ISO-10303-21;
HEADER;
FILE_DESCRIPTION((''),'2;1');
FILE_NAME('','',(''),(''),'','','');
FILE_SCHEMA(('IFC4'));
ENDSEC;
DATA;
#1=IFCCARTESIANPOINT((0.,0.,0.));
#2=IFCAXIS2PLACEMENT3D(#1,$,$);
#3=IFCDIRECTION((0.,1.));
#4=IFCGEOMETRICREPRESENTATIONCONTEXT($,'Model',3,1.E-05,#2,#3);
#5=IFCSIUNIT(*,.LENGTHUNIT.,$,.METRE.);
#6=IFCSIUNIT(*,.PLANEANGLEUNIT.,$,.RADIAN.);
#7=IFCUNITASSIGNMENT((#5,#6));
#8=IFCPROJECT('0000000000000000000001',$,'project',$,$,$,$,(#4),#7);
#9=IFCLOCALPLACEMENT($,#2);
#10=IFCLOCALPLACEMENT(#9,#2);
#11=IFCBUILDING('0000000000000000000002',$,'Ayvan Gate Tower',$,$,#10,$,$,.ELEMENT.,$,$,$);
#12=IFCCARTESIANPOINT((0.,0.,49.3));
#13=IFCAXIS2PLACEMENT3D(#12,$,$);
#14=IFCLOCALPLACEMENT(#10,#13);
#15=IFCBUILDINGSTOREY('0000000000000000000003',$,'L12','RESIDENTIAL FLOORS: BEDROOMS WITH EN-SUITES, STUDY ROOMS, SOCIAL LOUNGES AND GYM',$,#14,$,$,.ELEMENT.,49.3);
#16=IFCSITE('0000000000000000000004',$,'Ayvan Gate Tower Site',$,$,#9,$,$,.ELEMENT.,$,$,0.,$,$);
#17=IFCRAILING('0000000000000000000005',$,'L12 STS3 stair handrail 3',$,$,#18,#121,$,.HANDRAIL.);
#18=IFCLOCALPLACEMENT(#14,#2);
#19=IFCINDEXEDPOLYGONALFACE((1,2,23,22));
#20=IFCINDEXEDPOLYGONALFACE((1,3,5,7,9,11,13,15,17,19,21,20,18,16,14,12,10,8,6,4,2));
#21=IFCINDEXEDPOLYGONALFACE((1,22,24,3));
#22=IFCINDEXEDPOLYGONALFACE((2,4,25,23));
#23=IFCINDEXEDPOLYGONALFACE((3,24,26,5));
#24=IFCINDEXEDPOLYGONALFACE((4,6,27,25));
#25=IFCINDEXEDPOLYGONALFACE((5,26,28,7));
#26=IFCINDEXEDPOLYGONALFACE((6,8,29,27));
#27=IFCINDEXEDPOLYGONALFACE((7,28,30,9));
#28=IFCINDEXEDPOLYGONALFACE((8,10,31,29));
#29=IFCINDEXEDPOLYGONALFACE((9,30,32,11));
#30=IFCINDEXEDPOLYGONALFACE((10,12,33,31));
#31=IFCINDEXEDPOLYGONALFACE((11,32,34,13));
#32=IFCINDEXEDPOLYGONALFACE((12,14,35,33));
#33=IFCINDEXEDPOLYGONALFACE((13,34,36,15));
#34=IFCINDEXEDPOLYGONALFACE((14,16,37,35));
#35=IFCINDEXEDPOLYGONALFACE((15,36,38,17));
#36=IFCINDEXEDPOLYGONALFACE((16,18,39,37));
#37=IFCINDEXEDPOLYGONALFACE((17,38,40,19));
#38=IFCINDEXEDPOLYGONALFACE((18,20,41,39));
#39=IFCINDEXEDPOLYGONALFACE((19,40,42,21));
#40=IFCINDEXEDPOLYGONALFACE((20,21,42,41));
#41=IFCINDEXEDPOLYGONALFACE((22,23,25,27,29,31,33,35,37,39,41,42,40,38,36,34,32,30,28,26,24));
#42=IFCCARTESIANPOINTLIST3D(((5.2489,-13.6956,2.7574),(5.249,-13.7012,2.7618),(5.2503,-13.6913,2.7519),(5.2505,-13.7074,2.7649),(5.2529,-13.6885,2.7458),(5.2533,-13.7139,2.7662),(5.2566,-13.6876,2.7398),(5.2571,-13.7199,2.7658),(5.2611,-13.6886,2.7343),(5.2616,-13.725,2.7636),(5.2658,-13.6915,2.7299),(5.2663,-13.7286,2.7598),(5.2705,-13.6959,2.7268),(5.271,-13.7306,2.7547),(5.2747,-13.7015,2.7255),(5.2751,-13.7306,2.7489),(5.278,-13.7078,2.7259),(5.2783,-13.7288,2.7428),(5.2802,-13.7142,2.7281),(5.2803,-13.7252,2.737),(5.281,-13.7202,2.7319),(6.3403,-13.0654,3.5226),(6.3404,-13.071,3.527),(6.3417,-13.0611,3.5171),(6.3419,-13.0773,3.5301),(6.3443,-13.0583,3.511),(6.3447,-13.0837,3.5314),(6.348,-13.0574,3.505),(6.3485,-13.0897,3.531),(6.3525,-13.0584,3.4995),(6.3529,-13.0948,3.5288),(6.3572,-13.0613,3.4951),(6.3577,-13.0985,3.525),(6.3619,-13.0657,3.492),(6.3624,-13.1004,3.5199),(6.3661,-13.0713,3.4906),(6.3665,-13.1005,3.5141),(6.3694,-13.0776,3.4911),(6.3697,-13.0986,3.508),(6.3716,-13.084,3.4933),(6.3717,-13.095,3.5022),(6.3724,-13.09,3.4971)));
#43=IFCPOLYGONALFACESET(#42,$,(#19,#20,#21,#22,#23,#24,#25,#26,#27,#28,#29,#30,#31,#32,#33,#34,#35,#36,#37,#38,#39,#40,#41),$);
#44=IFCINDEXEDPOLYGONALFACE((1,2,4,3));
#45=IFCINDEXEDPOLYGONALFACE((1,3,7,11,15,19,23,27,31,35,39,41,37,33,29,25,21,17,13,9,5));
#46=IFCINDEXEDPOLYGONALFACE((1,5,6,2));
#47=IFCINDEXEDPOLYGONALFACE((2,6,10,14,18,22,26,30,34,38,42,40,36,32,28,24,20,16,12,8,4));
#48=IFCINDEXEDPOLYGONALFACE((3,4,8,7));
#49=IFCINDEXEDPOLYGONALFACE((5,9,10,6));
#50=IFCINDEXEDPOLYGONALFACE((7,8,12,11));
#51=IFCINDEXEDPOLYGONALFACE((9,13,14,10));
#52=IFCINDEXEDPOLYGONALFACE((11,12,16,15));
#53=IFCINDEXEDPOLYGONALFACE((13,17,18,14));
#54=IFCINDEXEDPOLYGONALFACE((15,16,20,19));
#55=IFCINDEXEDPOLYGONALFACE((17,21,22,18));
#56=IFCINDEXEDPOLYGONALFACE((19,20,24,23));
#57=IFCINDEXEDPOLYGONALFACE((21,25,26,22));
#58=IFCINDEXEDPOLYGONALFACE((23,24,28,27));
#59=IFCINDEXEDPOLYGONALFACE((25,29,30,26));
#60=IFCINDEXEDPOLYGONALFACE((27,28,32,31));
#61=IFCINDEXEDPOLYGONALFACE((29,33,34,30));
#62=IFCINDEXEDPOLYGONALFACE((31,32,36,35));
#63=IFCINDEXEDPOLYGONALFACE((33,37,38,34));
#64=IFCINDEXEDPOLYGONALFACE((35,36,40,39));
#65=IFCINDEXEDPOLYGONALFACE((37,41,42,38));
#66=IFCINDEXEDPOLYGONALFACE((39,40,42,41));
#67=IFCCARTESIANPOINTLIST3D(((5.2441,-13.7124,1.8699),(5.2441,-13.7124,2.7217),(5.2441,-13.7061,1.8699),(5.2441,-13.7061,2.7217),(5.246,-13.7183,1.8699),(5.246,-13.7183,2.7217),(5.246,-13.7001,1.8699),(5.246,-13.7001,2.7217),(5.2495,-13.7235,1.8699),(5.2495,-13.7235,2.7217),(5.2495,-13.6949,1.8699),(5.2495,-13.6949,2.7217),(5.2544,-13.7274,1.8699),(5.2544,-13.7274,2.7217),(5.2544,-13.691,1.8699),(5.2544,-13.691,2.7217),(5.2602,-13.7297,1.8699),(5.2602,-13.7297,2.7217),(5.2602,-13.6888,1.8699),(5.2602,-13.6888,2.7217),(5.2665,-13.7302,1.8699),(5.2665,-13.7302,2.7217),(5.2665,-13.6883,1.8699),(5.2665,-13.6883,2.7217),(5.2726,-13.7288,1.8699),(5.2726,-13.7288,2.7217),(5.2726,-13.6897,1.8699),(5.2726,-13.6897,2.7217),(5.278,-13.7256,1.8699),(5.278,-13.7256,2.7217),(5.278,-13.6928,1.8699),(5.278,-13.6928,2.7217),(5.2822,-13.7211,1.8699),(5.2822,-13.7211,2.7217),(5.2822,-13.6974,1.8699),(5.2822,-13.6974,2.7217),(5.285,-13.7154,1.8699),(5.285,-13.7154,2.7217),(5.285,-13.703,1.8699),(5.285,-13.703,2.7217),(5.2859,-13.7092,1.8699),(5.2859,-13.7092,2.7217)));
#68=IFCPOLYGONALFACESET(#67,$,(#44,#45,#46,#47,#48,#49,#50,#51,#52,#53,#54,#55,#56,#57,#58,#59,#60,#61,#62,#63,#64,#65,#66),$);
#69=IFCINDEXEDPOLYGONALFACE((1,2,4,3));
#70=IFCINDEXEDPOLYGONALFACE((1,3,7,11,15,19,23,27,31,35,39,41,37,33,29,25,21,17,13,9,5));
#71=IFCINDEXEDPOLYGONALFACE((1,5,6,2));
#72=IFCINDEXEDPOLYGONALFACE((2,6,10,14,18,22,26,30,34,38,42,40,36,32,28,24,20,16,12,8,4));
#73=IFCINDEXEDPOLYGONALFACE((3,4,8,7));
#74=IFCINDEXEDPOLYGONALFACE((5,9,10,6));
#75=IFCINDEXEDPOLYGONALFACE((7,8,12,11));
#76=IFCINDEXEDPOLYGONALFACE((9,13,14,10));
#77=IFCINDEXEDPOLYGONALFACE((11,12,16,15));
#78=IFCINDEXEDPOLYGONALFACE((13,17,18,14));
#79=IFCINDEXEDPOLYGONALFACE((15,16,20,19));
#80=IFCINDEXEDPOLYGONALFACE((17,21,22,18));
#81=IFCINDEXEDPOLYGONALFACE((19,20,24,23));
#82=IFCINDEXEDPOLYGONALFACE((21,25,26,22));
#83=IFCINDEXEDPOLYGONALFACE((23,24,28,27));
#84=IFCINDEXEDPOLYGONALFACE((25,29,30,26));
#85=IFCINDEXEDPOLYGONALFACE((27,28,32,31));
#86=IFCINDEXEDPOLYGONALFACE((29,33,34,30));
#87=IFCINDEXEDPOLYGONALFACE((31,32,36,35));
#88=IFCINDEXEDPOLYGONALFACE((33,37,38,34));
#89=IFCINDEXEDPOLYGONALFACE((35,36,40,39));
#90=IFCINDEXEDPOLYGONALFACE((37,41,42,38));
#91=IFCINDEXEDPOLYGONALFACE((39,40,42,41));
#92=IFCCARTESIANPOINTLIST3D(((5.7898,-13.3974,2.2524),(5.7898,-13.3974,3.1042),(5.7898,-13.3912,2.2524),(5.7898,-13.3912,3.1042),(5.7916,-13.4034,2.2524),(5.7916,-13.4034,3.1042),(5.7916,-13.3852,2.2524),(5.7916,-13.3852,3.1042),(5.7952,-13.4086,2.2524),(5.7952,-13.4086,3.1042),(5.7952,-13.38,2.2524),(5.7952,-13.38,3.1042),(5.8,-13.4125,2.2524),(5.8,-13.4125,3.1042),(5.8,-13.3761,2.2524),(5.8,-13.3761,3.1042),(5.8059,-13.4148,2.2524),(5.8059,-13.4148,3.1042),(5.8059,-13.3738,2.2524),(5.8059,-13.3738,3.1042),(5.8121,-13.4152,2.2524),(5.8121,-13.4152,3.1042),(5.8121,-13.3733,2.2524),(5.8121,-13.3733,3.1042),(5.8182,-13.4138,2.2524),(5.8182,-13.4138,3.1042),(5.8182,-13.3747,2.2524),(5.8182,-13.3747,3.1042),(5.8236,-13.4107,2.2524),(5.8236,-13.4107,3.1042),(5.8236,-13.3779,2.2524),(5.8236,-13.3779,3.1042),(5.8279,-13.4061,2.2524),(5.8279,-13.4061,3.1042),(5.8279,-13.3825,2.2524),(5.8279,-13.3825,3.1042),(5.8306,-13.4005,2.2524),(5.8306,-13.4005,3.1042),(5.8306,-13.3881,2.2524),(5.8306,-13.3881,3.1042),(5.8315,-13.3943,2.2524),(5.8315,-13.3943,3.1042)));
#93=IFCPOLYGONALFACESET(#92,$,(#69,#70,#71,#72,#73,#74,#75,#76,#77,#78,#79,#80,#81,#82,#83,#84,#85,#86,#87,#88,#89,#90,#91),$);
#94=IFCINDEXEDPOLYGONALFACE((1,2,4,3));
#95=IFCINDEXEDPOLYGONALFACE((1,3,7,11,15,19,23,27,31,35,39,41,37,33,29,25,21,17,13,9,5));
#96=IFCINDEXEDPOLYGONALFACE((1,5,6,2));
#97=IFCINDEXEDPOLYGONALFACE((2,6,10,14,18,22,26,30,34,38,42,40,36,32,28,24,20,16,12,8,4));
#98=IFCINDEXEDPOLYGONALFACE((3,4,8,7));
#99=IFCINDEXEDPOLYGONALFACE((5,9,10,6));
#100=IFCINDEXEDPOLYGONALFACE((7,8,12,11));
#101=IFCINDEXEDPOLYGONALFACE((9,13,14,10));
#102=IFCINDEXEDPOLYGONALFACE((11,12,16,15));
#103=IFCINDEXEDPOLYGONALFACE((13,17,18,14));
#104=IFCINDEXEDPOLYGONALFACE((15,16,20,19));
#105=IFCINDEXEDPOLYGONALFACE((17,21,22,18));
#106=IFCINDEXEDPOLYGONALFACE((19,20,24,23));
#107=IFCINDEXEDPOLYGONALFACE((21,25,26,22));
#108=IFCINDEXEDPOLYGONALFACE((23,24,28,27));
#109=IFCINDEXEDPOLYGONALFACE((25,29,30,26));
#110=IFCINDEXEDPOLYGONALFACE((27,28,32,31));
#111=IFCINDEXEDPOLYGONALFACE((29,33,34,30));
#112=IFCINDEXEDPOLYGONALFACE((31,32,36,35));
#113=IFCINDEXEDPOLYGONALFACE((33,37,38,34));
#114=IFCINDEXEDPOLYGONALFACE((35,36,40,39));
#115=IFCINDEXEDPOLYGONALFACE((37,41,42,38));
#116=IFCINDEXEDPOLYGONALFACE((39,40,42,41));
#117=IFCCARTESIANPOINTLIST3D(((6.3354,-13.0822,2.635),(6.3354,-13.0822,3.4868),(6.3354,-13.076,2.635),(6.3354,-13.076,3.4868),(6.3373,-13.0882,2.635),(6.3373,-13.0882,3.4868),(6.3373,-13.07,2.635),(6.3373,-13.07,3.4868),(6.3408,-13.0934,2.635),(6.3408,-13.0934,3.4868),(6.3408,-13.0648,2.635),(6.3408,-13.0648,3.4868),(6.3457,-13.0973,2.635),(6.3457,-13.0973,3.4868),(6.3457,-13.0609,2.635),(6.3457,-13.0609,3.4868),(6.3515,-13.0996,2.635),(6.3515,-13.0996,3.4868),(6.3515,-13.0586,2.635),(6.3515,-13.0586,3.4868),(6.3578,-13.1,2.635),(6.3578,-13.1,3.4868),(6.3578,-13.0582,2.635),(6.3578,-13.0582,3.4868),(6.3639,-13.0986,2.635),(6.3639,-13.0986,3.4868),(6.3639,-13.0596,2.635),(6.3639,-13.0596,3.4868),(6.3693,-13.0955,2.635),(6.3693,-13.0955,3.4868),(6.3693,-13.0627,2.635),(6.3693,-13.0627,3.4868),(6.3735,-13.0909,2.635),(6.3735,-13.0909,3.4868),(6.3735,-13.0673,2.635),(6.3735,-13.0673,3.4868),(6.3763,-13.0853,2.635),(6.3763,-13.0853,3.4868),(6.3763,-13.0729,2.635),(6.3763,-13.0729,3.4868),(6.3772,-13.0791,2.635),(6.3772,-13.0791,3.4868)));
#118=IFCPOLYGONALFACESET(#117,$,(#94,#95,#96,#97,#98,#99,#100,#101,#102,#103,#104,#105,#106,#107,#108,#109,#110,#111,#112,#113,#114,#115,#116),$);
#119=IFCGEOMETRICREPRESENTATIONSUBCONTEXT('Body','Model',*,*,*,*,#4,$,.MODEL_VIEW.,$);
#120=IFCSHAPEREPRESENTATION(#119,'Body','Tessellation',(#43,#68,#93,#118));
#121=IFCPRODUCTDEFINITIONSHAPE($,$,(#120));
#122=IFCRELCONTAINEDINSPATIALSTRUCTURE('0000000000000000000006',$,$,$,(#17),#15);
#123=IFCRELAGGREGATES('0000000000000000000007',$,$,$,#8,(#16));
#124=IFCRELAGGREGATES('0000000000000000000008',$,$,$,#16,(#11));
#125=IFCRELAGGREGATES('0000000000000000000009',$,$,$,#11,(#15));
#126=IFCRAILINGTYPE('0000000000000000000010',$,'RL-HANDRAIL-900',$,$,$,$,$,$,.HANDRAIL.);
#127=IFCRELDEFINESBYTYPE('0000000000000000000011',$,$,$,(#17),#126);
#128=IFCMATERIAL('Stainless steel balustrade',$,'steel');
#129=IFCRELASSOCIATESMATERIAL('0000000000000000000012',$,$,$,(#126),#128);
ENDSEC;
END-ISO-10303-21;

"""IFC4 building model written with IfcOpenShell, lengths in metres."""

from ifc_helpers import new_model, si_unit, direction, frame, origin, origin_2d, place, context, subcontext, project, spatial, circle, extrude, material, type_object, element, save


model = new_model("IFC4")

# Units and contexts
model_context = context("Model", 3, precision=1e-05, world=origin(), true_north=direction((0.0, 1.0)))
body_context = subcontext(model_context, "Body", "Model", "MODEL_VIEW")
ifc_project = project(units=[si_unit("LENGTHUNIT", "METRE"), si_unit("PLANEANGLEUNIT", "RADIAN")], contexts=[model_context])

# Site, building, storey
site_placement = place(None, origin())
site = spatial("IfcSite", under=ifc_project, at=site_placement, Name="Ayvan Gate Tower Site", CompositionType="ELEMENT", RefElevation=0.0)
building_placement = place(site_placement, origin())
building = spatial("IfcBuilding", under=site, at=building_placement, Name="Ayvan Gate Tower", CompositionType="ELEMENT")
storey_placement = place(building_placement, frame((0.0, 0.0, 49.3)))
storey = spatial("IfcBuildingStorey", under=building, at=storey_placement, Name="L12", Description="RESIDENTIAL FLOORS: BEDROOMS WITH EN-SUITES, STUDY ROOMS, SOCIAL LOUNGES AND GYM", CompositionType="ELEMENT", Elevation=49.3)

# Railing
ifc_material_1 = material(Name="Stainless steel balustrade", Category="steel")
railing_type_1 = type_object("IfcRailingType", Name="RL-HANDRAIL-900", PredefinedType="HANDRAIL", material=ifc_material_1)
railing_1_placement = place(storey_placement, frame((5.2649, -13.7092, 1.8699)))
element("IfcRailing", 1, at=railing_1_placement, inside=storey, type_object=railing_type_1, Name="L12 STS3 stair handrail 3", PredefinedType="HANDRAIL", context=body_context, shape_type="SweptSolid", body=[
    extrude(circle(Radius=0.0239, at=origin_2d()), frame((0.0, 0.0, 0.876), z_axis=(0.740241, 0.427419, 0.518996), x_axis=(-0.500035, 0.866005, 0.0)), (0.0, 0.0, 1.0), 1.4744),
    extrude(circle(Radius=0.021, at=origin_2d()), origin(), (0.0, 0.0, 1.0), 0.8518),
    extrude(circle(Radius=0.021, at=origin_2d()), frame((0.5457, 0.3149, 0.3826)), (0.0, 0.0, 1.0), 0.8518),
    extrude(circle(Radius=0.021, at=origin_2d()), frame((1.0913, 0.6301, 0.7651)), (0.0, 0.0, 1.0), 0.8518),
])

save(model, "model.ifc")
